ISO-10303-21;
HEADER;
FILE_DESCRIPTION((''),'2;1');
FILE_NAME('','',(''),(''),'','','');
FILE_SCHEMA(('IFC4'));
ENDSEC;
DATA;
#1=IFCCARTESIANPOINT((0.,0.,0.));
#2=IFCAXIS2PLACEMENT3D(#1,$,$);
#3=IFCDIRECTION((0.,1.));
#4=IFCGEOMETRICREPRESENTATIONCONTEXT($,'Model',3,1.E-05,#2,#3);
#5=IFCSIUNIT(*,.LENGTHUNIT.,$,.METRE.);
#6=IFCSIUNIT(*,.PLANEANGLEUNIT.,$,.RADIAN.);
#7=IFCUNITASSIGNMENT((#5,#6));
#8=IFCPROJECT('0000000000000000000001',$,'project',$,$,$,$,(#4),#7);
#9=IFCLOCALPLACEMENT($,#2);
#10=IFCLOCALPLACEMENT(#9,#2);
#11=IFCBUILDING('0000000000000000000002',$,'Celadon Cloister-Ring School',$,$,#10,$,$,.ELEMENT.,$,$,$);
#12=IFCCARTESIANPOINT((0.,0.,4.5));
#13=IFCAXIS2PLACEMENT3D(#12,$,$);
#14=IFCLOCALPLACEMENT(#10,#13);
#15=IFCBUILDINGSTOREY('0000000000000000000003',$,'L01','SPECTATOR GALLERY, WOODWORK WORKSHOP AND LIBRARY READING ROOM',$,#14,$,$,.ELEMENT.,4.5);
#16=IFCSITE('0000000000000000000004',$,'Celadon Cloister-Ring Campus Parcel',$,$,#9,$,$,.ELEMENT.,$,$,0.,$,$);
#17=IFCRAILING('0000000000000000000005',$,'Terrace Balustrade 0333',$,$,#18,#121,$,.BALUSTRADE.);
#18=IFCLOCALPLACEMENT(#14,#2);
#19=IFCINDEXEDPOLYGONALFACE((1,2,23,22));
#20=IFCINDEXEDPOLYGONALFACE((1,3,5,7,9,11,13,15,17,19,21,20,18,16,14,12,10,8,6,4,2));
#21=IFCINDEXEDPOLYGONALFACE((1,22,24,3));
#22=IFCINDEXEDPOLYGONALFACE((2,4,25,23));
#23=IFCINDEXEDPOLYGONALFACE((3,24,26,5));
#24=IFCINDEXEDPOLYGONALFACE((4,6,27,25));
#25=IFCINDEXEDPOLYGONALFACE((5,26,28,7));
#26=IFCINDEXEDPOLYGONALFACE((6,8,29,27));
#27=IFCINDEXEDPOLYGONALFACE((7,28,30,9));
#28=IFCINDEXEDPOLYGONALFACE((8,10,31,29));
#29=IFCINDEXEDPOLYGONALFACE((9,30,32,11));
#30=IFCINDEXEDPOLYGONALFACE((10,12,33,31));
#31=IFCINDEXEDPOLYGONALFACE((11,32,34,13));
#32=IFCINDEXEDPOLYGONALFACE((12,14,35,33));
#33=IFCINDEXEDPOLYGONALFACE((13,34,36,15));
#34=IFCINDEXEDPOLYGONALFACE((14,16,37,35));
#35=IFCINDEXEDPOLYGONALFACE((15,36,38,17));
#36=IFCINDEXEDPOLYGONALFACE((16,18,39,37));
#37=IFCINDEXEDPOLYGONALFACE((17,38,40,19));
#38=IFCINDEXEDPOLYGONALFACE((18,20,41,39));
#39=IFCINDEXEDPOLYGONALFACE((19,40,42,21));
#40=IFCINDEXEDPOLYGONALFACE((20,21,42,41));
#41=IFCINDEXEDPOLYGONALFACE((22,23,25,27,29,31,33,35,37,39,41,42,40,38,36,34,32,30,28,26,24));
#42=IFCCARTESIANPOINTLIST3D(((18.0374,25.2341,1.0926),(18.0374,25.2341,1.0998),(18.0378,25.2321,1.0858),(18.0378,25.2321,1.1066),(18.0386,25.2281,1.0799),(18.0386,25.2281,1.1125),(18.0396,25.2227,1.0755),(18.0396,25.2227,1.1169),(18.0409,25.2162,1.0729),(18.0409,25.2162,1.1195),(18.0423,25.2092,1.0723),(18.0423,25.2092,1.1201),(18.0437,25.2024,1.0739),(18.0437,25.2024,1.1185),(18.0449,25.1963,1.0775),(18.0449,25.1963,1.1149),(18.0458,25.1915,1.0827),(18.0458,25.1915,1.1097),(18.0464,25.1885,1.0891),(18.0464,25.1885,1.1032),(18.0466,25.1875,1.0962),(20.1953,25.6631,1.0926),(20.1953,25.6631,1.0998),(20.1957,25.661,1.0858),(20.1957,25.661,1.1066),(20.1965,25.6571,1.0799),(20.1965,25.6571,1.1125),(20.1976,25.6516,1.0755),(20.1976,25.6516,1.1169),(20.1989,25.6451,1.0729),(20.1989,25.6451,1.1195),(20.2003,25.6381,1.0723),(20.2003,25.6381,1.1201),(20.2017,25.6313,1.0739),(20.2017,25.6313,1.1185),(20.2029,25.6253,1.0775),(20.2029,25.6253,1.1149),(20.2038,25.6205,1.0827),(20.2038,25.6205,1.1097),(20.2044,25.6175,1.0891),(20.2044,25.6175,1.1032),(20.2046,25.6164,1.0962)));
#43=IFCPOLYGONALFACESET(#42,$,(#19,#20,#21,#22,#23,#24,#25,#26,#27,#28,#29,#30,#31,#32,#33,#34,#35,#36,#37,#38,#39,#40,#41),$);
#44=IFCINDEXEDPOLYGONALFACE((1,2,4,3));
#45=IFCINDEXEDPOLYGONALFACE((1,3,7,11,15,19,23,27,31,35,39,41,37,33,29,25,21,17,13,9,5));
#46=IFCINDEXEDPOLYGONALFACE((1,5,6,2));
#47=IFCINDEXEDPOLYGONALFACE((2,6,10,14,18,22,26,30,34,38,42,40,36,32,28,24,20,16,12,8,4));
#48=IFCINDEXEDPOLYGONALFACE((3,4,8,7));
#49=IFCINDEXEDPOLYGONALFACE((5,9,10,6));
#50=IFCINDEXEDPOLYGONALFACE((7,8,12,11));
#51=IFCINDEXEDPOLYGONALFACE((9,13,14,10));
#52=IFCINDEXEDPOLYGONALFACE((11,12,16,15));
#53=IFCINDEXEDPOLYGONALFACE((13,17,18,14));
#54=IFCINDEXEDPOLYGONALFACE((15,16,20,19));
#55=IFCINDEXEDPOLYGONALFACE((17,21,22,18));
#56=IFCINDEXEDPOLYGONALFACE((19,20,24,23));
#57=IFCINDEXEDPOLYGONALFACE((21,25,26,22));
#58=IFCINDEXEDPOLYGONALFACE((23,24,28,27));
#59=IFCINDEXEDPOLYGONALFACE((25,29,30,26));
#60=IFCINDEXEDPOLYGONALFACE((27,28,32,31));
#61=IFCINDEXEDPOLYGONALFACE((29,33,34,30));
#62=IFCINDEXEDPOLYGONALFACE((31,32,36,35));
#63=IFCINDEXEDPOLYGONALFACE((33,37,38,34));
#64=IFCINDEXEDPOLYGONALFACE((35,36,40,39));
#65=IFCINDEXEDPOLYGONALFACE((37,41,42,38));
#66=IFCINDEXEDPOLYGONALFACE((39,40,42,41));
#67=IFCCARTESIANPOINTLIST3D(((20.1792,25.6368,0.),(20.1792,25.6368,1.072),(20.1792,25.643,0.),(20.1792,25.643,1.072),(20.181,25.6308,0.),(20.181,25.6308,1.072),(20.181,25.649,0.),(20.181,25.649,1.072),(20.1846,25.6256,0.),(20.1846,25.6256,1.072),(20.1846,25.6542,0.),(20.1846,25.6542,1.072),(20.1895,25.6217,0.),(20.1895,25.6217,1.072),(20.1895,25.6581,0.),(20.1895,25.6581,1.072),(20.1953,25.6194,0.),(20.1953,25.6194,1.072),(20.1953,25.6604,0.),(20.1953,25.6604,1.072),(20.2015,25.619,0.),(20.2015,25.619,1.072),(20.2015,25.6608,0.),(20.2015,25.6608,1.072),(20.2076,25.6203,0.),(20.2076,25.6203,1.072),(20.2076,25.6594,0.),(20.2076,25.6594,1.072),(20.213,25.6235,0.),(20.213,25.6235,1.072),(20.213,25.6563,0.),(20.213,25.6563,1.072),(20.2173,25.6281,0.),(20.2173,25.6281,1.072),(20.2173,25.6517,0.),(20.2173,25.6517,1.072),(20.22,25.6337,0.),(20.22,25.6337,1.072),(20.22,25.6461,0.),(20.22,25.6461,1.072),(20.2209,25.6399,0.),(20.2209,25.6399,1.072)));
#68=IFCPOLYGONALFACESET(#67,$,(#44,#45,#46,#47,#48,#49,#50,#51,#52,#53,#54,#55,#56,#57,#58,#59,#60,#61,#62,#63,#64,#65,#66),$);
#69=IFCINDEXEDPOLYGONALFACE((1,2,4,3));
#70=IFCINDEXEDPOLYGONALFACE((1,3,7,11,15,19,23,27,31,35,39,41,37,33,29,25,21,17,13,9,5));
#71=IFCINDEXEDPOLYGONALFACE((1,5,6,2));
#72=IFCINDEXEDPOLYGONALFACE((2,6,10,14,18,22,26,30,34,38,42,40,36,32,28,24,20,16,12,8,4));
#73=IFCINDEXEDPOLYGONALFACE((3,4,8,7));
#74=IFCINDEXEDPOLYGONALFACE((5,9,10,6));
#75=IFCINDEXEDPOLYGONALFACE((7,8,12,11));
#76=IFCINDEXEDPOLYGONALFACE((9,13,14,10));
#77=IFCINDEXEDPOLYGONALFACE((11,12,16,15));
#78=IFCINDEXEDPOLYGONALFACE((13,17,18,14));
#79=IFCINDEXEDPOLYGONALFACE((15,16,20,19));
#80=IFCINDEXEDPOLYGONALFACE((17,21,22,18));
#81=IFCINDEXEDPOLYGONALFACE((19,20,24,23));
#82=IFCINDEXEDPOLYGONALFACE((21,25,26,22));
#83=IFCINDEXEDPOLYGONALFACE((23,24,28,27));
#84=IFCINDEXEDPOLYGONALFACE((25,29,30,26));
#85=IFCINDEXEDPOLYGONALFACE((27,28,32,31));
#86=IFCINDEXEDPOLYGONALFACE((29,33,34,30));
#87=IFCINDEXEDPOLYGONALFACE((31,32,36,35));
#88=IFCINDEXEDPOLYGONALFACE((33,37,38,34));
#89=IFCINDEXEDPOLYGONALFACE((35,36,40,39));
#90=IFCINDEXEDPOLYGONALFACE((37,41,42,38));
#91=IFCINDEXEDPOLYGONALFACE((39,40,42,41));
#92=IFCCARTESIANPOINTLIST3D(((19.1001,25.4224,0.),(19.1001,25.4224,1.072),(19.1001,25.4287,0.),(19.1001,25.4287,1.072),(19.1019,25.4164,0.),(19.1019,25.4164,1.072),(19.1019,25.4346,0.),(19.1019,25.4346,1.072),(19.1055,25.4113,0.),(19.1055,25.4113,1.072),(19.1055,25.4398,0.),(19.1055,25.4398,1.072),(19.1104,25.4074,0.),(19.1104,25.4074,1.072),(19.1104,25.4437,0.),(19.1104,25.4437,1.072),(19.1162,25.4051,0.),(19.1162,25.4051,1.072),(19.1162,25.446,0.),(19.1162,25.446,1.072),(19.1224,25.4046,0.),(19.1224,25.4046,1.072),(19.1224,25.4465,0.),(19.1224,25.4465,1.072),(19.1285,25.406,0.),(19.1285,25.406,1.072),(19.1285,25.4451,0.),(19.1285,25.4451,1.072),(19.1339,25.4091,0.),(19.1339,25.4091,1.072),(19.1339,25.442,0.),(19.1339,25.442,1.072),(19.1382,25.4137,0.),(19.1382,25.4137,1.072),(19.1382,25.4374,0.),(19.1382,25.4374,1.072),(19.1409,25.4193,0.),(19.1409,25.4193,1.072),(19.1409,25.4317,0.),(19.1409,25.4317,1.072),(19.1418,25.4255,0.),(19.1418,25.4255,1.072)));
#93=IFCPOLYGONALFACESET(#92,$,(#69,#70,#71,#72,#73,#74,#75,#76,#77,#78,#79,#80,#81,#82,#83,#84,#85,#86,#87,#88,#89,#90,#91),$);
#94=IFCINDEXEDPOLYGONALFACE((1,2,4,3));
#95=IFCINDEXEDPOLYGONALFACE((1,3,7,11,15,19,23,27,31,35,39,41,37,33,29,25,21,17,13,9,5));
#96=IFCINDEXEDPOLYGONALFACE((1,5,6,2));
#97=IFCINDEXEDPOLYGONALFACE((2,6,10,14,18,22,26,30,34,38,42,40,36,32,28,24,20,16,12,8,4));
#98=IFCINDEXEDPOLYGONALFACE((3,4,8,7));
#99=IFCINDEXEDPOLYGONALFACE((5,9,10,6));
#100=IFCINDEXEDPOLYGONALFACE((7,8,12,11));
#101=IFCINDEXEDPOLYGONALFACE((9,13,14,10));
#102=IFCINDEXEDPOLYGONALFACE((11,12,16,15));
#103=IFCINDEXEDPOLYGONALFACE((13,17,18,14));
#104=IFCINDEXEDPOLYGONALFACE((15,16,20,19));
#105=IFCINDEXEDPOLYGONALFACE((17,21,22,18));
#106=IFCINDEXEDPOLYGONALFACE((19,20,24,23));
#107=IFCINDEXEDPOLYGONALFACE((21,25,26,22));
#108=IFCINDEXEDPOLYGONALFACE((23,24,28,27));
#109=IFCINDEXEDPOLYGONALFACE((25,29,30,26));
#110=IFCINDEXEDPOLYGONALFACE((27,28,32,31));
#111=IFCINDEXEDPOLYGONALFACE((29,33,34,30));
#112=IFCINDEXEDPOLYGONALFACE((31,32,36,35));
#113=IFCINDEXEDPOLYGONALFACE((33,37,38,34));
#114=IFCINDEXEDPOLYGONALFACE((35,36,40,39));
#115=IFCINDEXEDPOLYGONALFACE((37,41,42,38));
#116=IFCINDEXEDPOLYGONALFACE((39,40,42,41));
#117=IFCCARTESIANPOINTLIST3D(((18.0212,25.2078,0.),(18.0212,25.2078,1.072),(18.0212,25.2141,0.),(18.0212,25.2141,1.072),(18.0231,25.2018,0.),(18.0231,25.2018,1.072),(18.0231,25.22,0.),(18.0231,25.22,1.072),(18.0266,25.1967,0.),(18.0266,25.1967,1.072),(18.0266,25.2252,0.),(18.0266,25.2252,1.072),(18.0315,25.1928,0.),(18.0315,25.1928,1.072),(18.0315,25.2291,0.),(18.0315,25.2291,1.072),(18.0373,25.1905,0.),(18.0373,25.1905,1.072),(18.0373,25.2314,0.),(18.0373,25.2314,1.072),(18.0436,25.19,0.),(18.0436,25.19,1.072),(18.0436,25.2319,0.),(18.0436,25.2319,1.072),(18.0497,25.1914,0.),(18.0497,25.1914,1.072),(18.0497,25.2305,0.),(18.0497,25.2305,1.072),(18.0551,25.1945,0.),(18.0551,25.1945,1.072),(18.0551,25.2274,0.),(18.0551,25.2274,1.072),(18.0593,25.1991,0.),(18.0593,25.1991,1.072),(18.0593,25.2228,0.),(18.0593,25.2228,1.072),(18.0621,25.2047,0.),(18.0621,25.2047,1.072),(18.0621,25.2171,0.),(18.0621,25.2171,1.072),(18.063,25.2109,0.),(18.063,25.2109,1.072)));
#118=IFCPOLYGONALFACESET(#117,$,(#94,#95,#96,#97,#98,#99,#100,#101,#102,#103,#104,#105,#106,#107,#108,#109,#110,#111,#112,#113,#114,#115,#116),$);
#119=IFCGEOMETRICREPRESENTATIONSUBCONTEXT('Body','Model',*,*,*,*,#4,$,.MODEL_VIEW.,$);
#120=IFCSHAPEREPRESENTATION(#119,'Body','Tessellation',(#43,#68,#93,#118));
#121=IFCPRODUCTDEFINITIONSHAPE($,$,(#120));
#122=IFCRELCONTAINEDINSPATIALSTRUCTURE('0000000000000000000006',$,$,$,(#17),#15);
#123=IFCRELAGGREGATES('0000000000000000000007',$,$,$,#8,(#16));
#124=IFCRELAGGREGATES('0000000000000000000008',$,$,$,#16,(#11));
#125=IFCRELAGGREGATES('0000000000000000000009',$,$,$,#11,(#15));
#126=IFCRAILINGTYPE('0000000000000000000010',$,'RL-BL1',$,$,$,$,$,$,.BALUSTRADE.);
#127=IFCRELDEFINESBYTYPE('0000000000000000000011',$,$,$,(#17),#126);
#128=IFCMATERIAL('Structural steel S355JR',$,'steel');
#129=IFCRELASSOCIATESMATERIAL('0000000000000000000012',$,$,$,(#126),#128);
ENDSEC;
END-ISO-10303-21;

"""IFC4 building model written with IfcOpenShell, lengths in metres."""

from ifc_helpers import new_model, si_unit, direction, frame, origin, origin_2d, place, context, subcontext, project, spatial, circle, extrude, material, type_object, element, save


model = new_model("IFC4")

# Units and contexts
model_context = context("Model", 3, precision=1e-05, world=origin(), true_north=direction((0.0, 1.0)))
body_context = subcontext(model_context, "Body", "Model", "MODEL_VIEW")
ifc_project = project(units=[si_unit("LENGTHUNIT", "METRE"), si_unit("PLANEANGLEUNIT", "RADIAN")], contexts=[model_context])

# Site, building, storey
site_placement = place(None, origin())
site = spatial("IfcSite", under=ifc_project, at=site_placement, Name="Celadon Cloister-Ring Campus Parcel", CompositionType="ELEMENT", RefElevation=0.0)
building_placement = place(site_placement, origin())
building = spatial("IfcBuilding", under=site, at=building_placement, Name="Celadon Cloister-Ring School", CompositionType="ELEMENT")
storey_placement = place(building_placement, frame((0.0, 0.0, 4.5)))
storey = spatial("IfcBuildingStorey", under=building, at=storey_placement, Name="L01", Description="SPECTATOR GALLERY, WOODWORK WORKSHOP AND LIBRARY READING ROOM", CompositionType="ELEMENT", Elevation=4.5)

# Railing
ifc_material_1 = material(Name="Structural steel S355JR", Category="steel")
railing_type = type_object("IfcRailingType", Name="RL-BL1", PredefinedType="BALUSTRADE", material=ifc_material_1)
railing_1_placement = place(storey_placement, frame((20.2, 25.6399, 0.0)))
element("IfcRailing", 1, at=railing_1_placement, inside=storey, type_object=railing_type, Name="Terrace Balustrade 0333", PredefinedType="BALUSTRADE", context=body_context, shape_type="SweptSolid", body=[
    extrude(circle(Radius=0.0239, at=origin_2d()), frame((0.0, 0.0, 1.0962), z_axis=(-0.98081, -0.194964, 0.0), x_axis=(0.194964, -0.98081, 0.0)), (0.0, 0.0, 1.0), 2.2002),
    extrude(circle(Radius=0.021, at=origin_2d()), origin(), (0.0, 0.0, 1.0), 1.072),
    extrude(circle(Radius=0.021, at=origin_2d()), frame((-1.0791, -0.2144, 0.0)), (0.0, 0.0, 1.0), 1.072),
    extrude(circle(Radius=0.021, at=origin_2d()), frame((-2.158, -0.429, 0.0)), (0.0, 0.0, 1.0), 1.072),
])

save(model, "model.ifc")
